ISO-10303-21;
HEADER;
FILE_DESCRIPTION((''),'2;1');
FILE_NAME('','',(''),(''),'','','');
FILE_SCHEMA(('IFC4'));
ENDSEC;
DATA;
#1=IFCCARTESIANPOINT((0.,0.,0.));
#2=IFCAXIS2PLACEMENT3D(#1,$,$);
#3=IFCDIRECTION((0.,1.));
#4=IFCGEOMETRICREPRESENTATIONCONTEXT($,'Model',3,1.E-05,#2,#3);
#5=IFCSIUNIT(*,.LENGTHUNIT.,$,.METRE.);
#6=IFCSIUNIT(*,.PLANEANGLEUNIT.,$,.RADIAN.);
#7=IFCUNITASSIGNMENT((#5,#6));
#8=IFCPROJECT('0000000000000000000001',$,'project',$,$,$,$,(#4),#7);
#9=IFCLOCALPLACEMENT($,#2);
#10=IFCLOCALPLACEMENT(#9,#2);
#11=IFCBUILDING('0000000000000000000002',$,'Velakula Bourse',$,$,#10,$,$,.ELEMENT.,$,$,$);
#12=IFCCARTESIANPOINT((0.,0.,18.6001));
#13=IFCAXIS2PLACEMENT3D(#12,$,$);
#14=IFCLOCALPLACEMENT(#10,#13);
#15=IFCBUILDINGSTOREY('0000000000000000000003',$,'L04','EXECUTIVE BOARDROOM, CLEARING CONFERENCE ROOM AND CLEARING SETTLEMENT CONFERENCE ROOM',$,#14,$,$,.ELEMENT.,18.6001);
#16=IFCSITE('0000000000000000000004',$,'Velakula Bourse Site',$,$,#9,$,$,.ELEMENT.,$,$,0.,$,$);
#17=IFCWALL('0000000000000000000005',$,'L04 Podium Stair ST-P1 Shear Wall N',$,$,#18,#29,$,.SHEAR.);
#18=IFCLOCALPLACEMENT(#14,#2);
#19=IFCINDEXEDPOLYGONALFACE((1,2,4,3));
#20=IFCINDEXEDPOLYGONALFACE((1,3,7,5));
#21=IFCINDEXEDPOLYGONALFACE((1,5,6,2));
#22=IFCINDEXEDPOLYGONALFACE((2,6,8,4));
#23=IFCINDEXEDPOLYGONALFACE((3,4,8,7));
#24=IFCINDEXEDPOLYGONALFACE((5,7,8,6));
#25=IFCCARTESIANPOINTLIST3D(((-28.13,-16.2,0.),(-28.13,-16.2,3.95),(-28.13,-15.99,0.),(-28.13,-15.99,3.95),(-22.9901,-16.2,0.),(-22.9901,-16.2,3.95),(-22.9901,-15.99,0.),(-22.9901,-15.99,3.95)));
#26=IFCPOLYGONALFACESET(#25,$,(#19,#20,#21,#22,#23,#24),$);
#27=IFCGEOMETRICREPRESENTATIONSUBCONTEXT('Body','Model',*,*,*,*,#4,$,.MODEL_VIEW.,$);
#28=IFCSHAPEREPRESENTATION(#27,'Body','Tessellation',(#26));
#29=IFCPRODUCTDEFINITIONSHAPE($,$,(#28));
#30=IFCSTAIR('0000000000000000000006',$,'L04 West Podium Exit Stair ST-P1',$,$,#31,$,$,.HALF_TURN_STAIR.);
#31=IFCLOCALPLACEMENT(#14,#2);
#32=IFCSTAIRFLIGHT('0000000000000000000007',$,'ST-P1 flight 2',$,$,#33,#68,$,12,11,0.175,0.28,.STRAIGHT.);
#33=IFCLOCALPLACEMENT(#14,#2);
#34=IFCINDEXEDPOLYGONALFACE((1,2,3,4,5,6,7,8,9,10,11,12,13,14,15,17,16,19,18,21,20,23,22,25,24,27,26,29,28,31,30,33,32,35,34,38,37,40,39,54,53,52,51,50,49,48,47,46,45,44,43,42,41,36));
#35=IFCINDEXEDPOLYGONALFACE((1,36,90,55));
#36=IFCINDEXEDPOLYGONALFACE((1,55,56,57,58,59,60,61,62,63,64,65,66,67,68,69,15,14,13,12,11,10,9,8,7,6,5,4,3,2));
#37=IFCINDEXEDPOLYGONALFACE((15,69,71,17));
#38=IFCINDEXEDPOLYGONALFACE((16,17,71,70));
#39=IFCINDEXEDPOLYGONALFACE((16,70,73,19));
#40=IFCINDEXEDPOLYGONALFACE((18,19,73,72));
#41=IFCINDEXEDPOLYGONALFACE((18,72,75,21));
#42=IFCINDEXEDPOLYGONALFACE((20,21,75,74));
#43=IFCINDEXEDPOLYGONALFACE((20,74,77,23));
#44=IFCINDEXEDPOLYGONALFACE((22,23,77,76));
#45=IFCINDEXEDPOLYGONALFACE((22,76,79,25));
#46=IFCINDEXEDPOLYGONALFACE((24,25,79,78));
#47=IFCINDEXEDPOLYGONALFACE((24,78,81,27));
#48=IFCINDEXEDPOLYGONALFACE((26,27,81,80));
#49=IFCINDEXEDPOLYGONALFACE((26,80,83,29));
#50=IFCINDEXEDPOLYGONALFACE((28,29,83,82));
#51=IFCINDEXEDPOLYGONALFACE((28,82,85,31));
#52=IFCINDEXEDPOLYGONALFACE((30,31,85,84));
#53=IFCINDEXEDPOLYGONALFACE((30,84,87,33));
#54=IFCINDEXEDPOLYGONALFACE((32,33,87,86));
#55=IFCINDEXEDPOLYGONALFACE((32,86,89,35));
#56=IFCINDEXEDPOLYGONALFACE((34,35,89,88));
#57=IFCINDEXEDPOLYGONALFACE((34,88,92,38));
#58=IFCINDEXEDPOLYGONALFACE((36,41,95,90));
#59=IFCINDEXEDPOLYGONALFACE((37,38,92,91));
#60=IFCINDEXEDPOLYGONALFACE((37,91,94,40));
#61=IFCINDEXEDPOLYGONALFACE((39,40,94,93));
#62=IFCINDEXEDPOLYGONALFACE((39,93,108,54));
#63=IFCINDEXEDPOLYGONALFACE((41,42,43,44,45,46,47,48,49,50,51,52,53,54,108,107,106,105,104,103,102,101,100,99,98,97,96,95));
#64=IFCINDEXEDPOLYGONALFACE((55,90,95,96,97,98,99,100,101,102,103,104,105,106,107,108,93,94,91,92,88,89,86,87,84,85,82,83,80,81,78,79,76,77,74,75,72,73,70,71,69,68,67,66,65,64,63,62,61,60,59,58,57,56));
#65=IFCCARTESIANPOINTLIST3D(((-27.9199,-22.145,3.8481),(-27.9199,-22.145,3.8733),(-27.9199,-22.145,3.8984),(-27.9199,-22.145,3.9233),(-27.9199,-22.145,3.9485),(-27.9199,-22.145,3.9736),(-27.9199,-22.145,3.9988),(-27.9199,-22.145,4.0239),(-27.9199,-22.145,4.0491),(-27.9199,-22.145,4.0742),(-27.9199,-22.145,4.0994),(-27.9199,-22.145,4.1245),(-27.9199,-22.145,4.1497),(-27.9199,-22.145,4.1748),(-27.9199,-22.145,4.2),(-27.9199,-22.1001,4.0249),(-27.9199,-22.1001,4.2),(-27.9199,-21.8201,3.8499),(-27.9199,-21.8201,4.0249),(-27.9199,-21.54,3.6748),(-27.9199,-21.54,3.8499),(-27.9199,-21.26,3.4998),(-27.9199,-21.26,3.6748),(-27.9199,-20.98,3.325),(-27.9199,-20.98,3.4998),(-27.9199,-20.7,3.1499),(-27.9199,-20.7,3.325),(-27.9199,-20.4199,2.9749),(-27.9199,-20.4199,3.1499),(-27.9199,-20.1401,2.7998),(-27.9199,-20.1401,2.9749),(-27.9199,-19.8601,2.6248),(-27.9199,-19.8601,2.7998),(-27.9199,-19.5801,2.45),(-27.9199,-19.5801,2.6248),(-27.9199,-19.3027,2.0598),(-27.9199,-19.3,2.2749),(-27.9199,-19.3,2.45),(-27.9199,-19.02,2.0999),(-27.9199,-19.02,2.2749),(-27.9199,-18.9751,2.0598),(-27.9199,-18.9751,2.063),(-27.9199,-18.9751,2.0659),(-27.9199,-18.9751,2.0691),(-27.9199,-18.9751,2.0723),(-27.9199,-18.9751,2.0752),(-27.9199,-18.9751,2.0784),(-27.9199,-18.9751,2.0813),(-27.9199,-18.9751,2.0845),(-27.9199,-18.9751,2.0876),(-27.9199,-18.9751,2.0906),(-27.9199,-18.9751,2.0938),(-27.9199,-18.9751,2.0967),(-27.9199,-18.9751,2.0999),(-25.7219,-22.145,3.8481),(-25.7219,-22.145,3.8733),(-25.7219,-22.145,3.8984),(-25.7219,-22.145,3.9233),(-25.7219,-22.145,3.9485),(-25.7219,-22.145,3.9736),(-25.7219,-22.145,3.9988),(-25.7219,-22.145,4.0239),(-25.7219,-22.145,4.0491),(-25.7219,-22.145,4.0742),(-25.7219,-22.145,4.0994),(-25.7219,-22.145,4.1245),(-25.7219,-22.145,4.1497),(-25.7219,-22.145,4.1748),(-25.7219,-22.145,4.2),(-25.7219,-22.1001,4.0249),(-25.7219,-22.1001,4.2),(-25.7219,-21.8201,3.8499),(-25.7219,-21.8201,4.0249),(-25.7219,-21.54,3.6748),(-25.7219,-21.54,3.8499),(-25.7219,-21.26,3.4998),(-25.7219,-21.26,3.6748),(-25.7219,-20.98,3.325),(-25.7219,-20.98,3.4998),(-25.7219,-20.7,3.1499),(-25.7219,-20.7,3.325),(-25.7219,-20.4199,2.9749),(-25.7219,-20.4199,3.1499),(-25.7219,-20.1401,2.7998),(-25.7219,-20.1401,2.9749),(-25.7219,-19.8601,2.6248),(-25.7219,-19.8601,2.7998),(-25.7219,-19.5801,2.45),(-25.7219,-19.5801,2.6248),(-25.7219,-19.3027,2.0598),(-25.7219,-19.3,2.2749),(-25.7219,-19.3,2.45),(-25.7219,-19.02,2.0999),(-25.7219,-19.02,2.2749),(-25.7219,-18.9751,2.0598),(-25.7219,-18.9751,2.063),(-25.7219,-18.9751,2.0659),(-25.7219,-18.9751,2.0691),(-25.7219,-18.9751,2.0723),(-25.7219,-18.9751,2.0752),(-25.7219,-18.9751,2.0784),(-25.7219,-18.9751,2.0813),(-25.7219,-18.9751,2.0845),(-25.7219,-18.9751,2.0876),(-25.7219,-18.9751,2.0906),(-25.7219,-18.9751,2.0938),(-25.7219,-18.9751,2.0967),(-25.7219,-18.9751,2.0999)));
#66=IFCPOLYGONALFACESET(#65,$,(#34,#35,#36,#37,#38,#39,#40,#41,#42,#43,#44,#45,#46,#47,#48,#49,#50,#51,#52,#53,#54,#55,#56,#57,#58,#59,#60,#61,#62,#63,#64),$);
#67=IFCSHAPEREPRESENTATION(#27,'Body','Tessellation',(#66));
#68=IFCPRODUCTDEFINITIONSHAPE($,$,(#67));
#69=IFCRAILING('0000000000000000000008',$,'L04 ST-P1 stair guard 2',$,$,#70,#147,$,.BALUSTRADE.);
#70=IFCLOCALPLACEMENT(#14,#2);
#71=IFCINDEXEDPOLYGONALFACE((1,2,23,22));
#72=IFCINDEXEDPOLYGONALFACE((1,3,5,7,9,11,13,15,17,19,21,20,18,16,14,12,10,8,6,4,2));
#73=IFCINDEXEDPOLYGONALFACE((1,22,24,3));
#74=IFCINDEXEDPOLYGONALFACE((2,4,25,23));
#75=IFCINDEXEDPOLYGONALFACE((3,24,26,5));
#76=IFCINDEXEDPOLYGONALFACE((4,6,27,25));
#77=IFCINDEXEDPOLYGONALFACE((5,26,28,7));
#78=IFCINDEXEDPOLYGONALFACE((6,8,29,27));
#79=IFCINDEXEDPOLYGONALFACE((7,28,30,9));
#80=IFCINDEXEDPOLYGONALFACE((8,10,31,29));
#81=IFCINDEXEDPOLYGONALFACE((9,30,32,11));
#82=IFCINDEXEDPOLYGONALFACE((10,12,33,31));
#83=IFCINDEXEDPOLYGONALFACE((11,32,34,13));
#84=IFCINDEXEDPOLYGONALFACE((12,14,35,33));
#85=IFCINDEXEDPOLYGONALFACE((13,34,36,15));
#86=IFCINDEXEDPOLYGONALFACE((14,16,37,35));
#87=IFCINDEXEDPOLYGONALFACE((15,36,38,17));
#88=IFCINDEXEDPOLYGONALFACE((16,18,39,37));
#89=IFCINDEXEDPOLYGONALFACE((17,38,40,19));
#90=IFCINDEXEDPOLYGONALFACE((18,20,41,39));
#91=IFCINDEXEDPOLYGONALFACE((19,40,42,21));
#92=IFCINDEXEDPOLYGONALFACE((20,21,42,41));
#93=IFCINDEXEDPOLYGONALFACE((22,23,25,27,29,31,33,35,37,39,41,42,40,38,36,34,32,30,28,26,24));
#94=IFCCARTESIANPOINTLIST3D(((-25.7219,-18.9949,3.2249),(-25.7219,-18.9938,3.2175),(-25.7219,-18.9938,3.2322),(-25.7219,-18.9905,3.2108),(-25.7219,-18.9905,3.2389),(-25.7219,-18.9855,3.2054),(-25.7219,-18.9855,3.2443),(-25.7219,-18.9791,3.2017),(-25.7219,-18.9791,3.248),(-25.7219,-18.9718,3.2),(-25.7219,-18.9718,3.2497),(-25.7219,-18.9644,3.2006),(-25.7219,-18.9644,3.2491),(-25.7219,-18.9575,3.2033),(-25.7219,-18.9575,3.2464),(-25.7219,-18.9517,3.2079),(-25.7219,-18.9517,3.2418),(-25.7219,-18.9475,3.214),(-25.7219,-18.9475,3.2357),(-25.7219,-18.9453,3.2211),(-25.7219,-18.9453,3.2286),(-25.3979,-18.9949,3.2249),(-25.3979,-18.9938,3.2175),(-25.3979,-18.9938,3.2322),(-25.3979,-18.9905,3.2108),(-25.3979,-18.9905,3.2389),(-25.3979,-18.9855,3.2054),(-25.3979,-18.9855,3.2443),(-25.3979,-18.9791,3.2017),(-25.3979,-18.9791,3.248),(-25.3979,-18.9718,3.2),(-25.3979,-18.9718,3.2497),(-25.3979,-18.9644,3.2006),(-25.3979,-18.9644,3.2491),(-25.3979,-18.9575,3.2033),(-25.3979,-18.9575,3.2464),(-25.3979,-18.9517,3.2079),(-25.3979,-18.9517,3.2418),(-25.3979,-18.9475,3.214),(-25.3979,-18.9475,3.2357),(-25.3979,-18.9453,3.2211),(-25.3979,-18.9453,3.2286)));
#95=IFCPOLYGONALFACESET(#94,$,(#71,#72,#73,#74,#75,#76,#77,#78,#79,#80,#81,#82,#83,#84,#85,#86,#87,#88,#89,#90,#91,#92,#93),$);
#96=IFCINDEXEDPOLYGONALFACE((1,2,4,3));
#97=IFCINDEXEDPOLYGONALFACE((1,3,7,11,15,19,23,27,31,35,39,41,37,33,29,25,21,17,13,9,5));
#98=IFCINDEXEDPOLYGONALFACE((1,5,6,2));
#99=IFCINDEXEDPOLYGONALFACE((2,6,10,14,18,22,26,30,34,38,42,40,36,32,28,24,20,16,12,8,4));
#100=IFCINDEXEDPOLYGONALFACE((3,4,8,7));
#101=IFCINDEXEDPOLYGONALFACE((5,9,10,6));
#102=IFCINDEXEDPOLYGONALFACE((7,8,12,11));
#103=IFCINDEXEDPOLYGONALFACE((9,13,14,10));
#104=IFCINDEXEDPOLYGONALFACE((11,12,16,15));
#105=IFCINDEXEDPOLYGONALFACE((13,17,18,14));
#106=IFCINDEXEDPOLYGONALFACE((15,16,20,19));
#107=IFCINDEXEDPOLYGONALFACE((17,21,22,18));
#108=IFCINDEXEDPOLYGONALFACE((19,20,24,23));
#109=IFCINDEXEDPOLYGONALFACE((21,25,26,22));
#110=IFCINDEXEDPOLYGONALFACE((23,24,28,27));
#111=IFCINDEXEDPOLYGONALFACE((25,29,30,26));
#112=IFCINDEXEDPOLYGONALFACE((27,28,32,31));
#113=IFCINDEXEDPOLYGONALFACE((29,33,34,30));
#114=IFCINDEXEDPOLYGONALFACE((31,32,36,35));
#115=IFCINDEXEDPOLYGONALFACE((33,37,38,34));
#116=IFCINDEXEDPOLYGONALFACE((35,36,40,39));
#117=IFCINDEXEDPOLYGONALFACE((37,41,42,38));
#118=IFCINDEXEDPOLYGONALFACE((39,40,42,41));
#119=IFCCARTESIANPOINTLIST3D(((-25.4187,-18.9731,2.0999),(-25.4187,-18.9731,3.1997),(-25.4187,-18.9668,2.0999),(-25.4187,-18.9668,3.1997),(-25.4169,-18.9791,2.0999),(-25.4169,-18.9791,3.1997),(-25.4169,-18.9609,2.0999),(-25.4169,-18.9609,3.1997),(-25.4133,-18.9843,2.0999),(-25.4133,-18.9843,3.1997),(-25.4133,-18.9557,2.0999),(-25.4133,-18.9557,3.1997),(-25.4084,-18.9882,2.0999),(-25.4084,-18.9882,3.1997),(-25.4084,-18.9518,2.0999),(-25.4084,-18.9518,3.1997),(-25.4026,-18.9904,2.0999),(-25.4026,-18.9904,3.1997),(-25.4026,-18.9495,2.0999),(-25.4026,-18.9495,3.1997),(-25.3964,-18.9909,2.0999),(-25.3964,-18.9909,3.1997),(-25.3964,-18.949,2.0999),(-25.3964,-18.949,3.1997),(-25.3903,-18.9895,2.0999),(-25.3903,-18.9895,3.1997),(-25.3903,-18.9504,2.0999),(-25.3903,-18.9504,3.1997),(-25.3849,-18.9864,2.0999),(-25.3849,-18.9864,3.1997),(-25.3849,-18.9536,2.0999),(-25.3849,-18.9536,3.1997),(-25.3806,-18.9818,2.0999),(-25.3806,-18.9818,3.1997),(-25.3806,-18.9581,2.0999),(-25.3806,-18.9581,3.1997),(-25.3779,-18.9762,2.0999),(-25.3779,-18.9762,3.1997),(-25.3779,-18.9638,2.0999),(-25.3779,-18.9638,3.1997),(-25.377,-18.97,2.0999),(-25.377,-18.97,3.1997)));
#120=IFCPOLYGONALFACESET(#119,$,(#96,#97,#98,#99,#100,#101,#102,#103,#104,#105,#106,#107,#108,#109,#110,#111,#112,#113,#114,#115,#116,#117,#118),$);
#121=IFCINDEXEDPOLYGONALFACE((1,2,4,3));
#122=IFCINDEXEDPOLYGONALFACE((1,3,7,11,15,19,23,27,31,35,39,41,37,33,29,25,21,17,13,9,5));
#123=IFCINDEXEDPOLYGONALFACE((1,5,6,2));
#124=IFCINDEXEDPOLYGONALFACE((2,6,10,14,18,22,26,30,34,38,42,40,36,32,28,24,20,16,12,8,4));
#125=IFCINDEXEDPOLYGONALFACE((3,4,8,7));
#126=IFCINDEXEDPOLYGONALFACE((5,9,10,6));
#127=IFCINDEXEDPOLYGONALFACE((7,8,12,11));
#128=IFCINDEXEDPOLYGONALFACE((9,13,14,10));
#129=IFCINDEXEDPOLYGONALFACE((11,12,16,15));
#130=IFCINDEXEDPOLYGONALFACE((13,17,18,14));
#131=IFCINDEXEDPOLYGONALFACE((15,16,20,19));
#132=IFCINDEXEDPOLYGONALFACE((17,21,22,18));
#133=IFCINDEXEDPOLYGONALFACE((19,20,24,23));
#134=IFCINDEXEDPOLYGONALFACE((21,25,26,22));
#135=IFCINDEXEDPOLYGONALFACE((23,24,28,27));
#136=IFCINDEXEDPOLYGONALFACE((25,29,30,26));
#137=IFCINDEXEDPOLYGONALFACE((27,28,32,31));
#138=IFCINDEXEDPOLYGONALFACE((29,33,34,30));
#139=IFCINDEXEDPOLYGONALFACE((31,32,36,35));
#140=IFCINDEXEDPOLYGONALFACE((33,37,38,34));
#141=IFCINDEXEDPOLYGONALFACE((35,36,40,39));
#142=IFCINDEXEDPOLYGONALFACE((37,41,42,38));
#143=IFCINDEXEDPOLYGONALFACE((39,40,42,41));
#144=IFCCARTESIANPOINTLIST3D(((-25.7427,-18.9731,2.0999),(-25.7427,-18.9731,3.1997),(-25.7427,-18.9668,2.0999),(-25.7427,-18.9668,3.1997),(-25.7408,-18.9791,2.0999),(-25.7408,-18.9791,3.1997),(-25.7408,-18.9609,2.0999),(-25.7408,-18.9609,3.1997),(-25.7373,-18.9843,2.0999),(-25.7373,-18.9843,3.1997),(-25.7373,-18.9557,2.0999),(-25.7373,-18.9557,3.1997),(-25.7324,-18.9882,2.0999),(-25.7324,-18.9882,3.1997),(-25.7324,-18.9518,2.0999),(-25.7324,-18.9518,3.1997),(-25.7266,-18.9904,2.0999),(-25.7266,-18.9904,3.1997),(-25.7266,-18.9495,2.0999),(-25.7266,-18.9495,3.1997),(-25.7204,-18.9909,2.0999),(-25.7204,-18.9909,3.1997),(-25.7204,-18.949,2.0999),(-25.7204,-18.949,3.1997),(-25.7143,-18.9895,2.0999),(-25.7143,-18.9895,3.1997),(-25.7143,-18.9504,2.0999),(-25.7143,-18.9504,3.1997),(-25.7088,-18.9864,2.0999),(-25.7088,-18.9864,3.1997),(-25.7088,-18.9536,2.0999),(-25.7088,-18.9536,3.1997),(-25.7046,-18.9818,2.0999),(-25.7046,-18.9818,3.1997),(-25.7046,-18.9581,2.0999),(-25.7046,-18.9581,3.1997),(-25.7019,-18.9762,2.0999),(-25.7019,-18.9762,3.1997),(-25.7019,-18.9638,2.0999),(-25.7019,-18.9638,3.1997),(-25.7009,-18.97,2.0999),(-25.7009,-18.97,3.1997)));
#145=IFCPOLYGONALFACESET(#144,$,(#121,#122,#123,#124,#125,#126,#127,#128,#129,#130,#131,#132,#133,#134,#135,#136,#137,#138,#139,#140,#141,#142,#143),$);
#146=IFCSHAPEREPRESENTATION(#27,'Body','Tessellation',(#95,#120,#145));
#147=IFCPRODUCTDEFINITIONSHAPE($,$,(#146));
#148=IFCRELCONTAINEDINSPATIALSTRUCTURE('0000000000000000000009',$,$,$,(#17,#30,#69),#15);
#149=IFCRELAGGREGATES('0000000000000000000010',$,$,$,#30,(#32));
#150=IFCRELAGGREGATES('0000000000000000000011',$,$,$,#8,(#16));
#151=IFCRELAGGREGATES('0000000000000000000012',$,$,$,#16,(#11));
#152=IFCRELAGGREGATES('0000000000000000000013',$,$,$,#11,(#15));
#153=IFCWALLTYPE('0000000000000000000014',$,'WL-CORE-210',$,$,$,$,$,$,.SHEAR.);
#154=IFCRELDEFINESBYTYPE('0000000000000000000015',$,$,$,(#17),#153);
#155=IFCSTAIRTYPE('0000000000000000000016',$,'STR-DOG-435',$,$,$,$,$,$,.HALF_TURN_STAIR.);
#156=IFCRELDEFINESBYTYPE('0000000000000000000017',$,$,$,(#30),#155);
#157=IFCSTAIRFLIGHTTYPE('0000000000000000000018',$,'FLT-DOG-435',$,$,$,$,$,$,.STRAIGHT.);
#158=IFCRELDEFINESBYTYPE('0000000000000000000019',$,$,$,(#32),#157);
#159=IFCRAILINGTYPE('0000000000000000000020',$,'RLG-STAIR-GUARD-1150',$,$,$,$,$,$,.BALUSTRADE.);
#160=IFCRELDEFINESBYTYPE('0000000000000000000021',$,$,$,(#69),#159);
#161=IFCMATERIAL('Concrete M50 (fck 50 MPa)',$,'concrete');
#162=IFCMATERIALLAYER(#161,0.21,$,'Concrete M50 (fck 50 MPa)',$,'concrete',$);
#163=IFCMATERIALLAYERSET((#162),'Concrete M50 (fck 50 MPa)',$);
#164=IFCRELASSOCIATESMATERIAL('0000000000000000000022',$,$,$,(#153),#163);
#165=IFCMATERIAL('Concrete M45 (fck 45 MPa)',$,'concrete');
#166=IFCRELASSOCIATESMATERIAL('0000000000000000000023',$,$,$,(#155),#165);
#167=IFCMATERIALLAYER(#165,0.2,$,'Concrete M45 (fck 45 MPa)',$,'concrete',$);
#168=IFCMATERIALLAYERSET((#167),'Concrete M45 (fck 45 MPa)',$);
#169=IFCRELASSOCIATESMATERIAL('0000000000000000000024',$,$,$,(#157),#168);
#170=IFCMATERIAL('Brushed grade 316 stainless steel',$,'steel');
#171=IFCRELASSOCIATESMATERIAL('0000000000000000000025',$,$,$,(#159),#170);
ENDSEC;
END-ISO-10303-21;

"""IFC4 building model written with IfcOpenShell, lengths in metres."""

from ifc_helpers import new_model, si_unit, direction, frame, frame_2d, origin, origin_2d, place, context, subcontext, project, spatial, polyline, rectangle, circle, outline, extrude, material, layer, layer_set, type_object, element, aggregate, save


model = new_model("IFC4")

# Units and contexts
model_context = context("Model", 3, precision=1e-05, world=origin(), true_north=direction((0.0, 1.0)))
body_context = subcontext(model_context, "Body", "Model", "MODEL_VIEW")
ifc_project = project(units=[si_unit("LENGTHUNIT", "METRE"), si_unit("PLANEANGLEUNIT", "RADIAN")], contexts=[model_context])

# Site, building, storey
site_placement = place(None, origin())
site = spatial("IfcSite", under=ifc_project, at=site_placement, Name="Velakula Bourse Site", CompositionType="ELEMENT", RefElevation=0.0)
building_placement = place(site_placement, origin())
building = spatial("IfcBuilding", under=site, at=building_placement, Name="Velakula Bourse", CompositionType="ELEMENT")
storey_placement = place(building_placement, frame((0.0, 0.0, 18.6001)))
storey = spatial("IfcBuildingStorey", under=building, at=storey_placement, Name="L04", Description="EXECUTIVE BOARDROOM, CLEARING CONFERENCE ROOM AND CLEARING SETTLEMENT CONFERENCE ROOM", CompositionType="ELEMENT", Elevation=18.6001)

# Wall
ifc_material_1 = material(Name="Concrete M50 (fck 50 MPa)", Category="concrete")
ifc_layer_1 = layer(ifc_material_1, 0.21, Name="Concrete M50 (fck 50 MPa)", Category="concrete")
ifc_layer_set_1 = layer_set([ifc_layer_1], Name="Concrete M50 (fck 50 MPa)")
wall_type = type_object("IfcWallType", Name="WL-CORE-210", PredefinedType="SHEAR", material=ifc_layer_set_1)
wall_placement = place(storey_placement, frame((-28.1299, -16.095, 0.0), z_axis=(0.0, 0.0, 1.0), x_axis=(1.0, 0.0, 0.0)))
element("IfcWall", 1, at=wall_placement, inside=storey, type_object=wall_type, Name="L04 Podium Stair ST-P1 Shear Wall N", PredefinedType="SHEAR", context=body_context, shape_type="SweptSolid", body=[
    extrude(rectangle(XDim=5.1399, YDim=0.21, at=frame_2d((2.5698, 0.0))), origin(), (0.0, 0.0, 1.0), 3.95),
])

# Stair, stair flight
ifc_material_2 = material(Name="Concrete M45 (fck 45 MPa)", Category="concrete")
stair_type = type_object("IfcStairType", Name="STR-DOG-435", PredefinedType="HALF_TURN_STAIR", material=ifc_material_2)
stair_placement = place(storey_placement, origin())
stair = element("IfcStair", 2, at=stair_placement, inside=storey, type_object=stair_type, Name="L04 West Podium Exit Stair ST-P1", PredefinedType="HALF_TURN_STAIR")
ifc_layer_2 = layer(ifc_material_2, 0.2, Name="Concrete M45 (fck 45 MPa)", Category="concrete")
ifc_layer_set_2 = layer_set([ifc_layer_2], Name="Concrete M45 (fck 45 MPa)")
stair_flight_type = type_object("IfcStairFlightType", Name="FLT-DOG-435", PredefinedType="STRAIGHT", material=ifc_layer_set_2)
stair_flight_placement = place(storey_placement, frame((-26.821, -19.02, 2.0999), z_axis=(0.0, 0.0, 1.0), x_axis=(0.0, -1.0, 0.0)))
stair_flight = element("IfcStairFlight", 3, at=stair_flight_placement, type_object=stair_flight_type, Name="ST-P1 flight 2", NumberOfRisers=12, NumberOfTreads=11, PredefinedType="STRAIGHT", RiserHeight=0.175, TreadLength=0.28, context=body_context, shape_type="SweptSolid", body=[
    extrude(outline(polyline([(-0.0449, -0.04), (-0.0449, -0.0369), (-0.0449, -0.0339), (-0.0449, -0.0308), (-0.0449, -0.0276), (-0.0449, -0.0247), (-0.0449, -0.0215), (-0.0449, -0.0186), (-0.0449, -0.0154), (-0.0449, -0.0122), (-0.0449, -0.0093), (-0.0449, -0.0061), (-0.0449, -0.0032), (-0.0449, 0.0), (0.0, 0.0), (0.0, 0.175), (0.28, 0.175), (0.28, 0.3501), (0.5601, 0.3501), (0.5601, 0.5249), (0.8401, 0.5249), (0.8401, 0.7), (1.1201, 0.7), (1.1201, 0.875), (1.3999, 0.875), (1.3999, 1.05), (1.6799, 1.05), (1.6799, 1.2251), (1.96, 1.2251), (1.96, 1.3999), (2.24, 1.3999), (2.24, 1.575), (2.52, 1.575), (2.52, 1.75), (2.8, 1.75), (2.8, 1.925), (3.0801, 1.925), (3.0801, 2.1001), (3.125, 2.1001), (3.125, 2.075), (3.125, 2.0498), (3.125, 2.0247), (3.125, 1.9995), (3.125, 1.9744), (3.125, 1.9492), (3.125, 1.9241), (3.125, 1.8989), (3.125, 1.8738), (3.125, 1.8486), (3.125, 1.8235), (3.125, 1.7986), (3.125, 1.7734), (3.125, 1.7483), (0.2827, -0.04), (-0.0449, -0.04)])), frame((0.0, 1.0991, 0.0), z_axis=(0.0, -1.0, 0.0), x_axis=(1.0, 0.0, 0.0)), (0.0, 0.0, 1.0), 2.198),
])
aggregate(stair, [stair_flight])

# Railing
ifc_material_3 = material(Name="Brushed grade 316 stainless steel", Category="steel")
railing_type = type_object("IfcRailingType", Name="RLG-STAIR-GUARD-1150", PredefinedType="BALUSTRADE", material=ifc_material_3)
railing_1_placement = place(storey_placement, frame((-25.3979, -18.97, 2.0999)))
element("IfcRailing", 4, at=railing_1_placement, inside=storey, type_object=railing_type, Name="L04 ST-P1 stair guard 2", PredefinedType="BALUSTRADE", context=body_context, shape_type="SweptSolid", body=[
    extrude(circle(Radius=0.0249, at=origin_2d()), frame((0.0, 0.0, 1.125), z_axis=(-1.0, 0.0, 0.0), x_axis=(0.0, -1.0, 0.0)), (0.0, 0.0, 1.0), 0.324),
    extrude(circle(Radius=0.021, at=origin_2d()), origin(), (0.0, 0.0, 1.0), 1.0999),
    extrude(circle(Radius=0.021, at=origin_2d()), frame((-0.324, 0.0, 0.0)), (0.0, 0.0, 1.0), 1.0999),
])

save(model, "model.ifc")
